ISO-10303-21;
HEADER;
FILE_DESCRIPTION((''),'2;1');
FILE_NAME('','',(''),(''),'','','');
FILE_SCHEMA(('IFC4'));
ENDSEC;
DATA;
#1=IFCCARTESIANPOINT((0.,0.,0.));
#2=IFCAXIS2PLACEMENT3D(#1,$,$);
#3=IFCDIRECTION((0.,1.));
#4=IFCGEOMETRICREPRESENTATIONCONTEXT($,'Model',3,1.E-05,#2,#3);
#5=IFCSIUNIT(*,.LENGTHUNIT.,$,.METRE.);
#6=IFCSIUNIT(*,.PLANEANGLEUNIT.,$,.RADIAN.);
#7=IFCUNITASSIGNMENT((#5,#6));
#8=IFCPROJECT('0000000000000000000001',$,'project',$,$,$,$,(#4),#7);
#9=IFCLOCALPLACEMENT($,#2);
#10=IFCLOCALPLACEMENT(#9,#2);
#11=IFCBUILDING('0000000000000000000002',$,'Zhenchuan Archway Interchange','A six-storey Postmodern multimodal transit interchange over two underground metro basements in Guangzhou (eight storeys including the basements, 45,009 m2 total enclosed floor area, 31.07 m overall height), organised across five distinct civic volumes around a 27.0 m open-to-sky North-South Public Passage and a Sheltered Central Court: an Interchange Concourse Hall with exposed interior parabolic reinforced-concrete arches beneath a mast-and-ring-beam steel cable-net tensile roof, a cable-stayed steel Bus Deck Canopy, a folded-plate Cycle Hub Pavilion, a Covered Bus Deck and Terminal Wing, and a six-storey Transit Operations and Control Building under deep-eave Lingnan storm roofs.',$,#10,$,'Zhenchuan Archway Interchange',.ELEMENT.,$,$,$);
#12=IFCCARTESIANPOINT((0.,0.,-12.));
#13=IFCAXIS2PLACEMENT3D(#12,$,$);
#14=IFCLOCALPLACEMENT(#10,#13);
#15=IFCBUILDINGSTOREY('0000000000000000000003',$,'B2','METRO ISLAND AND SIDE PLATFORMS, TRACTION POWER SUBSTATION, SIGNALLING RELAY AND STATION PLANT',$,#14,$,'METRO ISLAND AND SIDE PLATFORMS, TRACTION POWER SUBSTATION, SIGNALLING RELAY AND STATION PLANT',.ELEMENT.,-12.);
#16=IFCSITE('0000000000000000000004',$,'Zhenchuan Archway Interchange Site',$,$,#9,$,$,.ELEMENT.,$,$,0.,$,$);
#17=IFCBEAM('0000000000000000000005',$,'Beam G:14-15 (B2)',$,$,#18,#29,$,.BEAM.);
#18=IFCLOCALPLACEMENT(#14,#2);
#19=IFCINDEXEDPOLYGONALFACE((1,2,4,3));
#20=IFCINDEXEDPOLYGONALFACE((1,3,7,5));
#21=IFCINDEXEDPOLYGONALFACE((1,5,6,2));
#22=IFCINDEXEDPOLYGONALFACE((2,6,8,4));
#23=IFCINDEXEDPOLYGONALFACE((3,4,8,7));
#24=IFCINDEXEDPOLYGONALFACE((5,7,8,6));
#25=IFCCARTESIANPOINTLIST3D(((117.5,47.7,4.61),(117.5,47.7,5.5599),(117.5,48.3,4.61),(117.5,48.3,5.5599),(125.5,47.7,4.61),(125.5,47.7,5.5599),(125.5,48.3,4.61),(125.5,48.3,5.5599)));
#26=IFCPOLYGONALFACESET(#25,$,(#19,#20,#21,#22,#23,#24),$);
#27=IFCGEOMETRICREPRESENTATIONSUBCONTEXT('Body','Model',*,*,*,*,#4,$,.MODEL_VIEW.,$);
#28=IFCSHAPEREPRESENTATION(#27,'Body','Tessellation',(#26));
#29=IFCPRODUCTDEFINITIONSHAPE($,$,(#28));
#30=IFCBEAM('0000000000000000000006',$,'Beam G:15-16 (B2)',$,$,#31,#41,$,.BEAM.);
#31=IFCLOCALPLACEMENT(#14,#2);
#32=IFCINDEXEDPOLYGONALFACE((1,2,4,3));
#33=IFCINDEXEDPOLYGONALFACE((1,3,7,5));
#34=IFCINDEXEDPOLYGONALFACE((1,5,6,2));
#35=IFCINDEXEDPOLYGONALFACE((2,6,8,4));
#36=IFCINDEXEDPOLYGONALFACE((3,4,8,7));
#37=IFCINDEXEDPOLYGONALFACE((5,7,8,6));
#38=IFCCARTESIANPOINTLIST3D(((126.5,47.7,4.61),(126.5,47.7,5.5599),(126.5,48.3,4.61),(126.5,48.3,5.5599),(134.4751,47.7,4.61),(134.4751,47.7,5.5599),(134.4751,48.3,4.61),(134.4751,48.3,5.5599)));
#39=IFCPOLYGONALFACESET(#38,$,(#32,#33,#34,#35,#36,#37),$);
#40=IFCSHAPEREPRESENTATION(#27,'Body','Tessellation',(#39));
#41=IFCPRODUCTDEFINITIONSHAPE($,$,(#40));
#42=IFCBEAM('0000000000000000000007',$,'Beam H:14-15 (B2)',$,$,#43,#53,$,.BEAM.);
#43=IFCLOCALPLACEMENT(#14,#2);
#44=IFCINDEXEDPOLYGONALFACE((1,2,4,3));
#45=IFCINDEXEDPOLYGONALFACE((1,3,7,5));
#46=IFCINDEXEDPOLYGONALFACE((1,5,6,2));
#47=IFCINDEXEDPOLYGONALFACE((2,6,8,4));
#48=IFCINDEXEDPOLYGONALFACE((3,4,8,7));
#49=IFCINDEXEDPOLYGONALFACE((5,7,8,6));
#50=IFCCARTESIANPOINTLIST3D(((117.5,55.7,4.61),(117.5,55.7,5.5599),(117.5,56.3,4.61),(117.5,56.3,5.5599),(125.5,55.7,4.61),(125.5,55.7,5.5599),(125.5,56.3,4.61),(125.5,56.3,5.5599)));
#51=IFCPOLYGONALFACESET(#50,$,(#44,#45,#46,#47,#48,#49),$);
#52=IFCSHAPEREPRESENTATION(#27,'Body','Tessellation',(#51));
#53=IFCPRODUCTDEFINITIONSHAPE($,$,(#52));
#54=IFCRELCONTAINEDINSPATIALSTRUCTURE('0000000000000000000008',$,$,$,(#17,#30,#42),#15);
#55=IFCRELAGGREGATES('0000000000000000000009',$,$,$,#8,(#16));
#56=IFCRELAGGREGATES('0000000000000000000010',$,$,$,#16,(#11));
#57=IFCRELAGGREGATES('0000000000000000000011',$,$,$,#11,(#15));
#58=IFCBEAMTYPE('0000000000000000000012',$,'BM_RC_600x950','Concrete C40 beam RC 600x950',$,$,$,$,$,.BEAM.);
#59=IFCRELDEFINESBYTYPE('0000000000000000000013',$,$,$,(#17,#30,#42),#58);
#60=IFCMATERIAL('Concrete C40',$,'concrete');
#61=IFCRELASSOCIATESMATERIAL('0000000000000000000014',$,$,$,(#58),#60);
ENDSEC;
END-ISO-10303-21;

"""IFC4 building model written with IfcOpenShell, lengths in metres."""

from ifc_helpers import new_model, si_unit, direction, frame, origin, origin_2d, place, context, subcontext, project, spatial, rectangle, extrude, material, material_profile, profile_set, type_object, element, save


model = new_model("IFC4")

# Units and contexts
model_context = context("Model", 3, precision=1e-05, world=origin(), true_north=direction((0.0, 1.0)))
body_context = subcontext(model_context, "Body", "Model", "MODEL_VIEW")
ifc_project = project(units=[si_unit("LENGTHUNIT", "METRE"), si_unit("PLANEANGLEUNIT", "RADIAN")], contexts=[model_context])

# Site, building, storey
site_placement = place(None, origin())
site = spatial("IfcSite", under=ifc_project, at=site_placement, Name="Zhenchuan Archway Interchange Site", CompositionType="ELEMENT", RefElevation=0.0)
building_placement = place(site_placement, origin())
building = spatial("IfcBuilding", under=site, at=building_placement, Name="Zhenchuan Archway Interchange", Description="A six-storey Postmodern multimodal transit interchange over two underground metro basements in Guangzhou (eight storeys including the basements, 45,009 m2 total enclosed floor area, 31.07 m overall height), organised across five distinct civic volumes around a 27.0 m open-to-sky North-South Public Passage and a Sheltered Central Court: an Interchange Concourse Hall with exposed interior parabolic reinforced-concrete arches beneath a mast-and-ring-beam steel cable-net tensile roof, a cable-stayed steel Bus Deck Canopy, a folded-plate Cycle Hub Pavilion, a Covered Bus Deck and Terminal Wing, and a six-storey Transit Operations and Control Building under deep-eave Lingnan storm roofs.", LongName="Zhenchuan Archway Interchange", CompositionType="ELEMENT")
storey_placement = place(building_placement, frame((0.0, 0.0, -12.0)))
storey = spatial("IfcBuildingStorey", under=building, at=storey_placement, Name="B2", Description="METRO ISLAND AND SIDE PLATFORMS, TRACTION POWER SUBSTATION, SIGNALLING RELAY AND STATION PLANT", LongName="METRO ISLAND AND SIDE PLATFORMS, TRACTION POWER SUBSTATION, SIGNALLING RELAY AND STATION PLANT", CompositionType="ELEMENT", Elevation=-12.0)

# Shared definitions
ifc_material_1 = material(Name="Concrete C40", Category="concrete")

# Beams
ifc_material_profile_1 = material_profile(ifc_material_1, rectangle(XDim=0.6001, YDim=0.95, at=origin_2d()), Name="RC 600x950")
ifc_profile_set_1 = profile_set([ifc_material_profile_1], Name="Concrete C40")
beam_type_1 = type_object("IfcBeamType", Name="BM_RC_600x950", Description="Concrete C40 beam RC 600x950", PredefinedType="BEAM", material=ifc_profile_set_1)
beam_1_placement = place(storey_placement, frame((117.5, 48.0, 5.085), z_axis=(1.0, 0.0, 0.0), x_axis=(0.0, 1.0, 0.0)))
element("IfcBeam", 1, at=beam_1_placement, inside=storey, type_object=beam_type_1, Name="Beam G:14-15 (B2)", PredefinedType="BEAM", context=body_context, shape_type="SweptSolid", body=[
    extrude(rectangle(XDim=0.6001, YDim=0.95, at=origin_2d()), origin(), (0.0, 0.0, 1.0), 8.0),
])
beam_2_placement = place(storey_placement, frame((126.5, 48.0, 5.085), z_axis=(1.0, 0.0, 0.0), x_axis=(0.0, 1.0, 0.0)))
element("IfcBeam", 2, at=beam_2_placement, inside=storey, type_object=beam_type_1, Name="Beam G:15-16 (B2)", PredefinedType="BEAM", context=body_context, shape_type="SweptSolid", body=[
    extrude(rectangle(XDim=0.6001, YDim=0.95, at=origin_2d()), origin(), (0.0, 0.0, 1.0), 7.9751),
])
beam_3_placement = place(storey_placement, frame((117.5, 56.0, 5.085), z_axis=(1.0, 0.0, 0.0), x_axis=(0.0, 1.0, 0.0)))
element("IfcBeam", 3, at=beam_3_placement, inside=storey, type_object=beam_type_1, Name="Beam H:14-15 (B2)", PredefinedType="BEAM", context=body_context, shape_type="SweptSolid", body=[
    extrude(rectangle(XDim=0.6001, YDim=0.95, at=origin_2d()), origin(), (0.0, 0.0, 1.0), 8.0),
])

save(model, "model.ifc")
